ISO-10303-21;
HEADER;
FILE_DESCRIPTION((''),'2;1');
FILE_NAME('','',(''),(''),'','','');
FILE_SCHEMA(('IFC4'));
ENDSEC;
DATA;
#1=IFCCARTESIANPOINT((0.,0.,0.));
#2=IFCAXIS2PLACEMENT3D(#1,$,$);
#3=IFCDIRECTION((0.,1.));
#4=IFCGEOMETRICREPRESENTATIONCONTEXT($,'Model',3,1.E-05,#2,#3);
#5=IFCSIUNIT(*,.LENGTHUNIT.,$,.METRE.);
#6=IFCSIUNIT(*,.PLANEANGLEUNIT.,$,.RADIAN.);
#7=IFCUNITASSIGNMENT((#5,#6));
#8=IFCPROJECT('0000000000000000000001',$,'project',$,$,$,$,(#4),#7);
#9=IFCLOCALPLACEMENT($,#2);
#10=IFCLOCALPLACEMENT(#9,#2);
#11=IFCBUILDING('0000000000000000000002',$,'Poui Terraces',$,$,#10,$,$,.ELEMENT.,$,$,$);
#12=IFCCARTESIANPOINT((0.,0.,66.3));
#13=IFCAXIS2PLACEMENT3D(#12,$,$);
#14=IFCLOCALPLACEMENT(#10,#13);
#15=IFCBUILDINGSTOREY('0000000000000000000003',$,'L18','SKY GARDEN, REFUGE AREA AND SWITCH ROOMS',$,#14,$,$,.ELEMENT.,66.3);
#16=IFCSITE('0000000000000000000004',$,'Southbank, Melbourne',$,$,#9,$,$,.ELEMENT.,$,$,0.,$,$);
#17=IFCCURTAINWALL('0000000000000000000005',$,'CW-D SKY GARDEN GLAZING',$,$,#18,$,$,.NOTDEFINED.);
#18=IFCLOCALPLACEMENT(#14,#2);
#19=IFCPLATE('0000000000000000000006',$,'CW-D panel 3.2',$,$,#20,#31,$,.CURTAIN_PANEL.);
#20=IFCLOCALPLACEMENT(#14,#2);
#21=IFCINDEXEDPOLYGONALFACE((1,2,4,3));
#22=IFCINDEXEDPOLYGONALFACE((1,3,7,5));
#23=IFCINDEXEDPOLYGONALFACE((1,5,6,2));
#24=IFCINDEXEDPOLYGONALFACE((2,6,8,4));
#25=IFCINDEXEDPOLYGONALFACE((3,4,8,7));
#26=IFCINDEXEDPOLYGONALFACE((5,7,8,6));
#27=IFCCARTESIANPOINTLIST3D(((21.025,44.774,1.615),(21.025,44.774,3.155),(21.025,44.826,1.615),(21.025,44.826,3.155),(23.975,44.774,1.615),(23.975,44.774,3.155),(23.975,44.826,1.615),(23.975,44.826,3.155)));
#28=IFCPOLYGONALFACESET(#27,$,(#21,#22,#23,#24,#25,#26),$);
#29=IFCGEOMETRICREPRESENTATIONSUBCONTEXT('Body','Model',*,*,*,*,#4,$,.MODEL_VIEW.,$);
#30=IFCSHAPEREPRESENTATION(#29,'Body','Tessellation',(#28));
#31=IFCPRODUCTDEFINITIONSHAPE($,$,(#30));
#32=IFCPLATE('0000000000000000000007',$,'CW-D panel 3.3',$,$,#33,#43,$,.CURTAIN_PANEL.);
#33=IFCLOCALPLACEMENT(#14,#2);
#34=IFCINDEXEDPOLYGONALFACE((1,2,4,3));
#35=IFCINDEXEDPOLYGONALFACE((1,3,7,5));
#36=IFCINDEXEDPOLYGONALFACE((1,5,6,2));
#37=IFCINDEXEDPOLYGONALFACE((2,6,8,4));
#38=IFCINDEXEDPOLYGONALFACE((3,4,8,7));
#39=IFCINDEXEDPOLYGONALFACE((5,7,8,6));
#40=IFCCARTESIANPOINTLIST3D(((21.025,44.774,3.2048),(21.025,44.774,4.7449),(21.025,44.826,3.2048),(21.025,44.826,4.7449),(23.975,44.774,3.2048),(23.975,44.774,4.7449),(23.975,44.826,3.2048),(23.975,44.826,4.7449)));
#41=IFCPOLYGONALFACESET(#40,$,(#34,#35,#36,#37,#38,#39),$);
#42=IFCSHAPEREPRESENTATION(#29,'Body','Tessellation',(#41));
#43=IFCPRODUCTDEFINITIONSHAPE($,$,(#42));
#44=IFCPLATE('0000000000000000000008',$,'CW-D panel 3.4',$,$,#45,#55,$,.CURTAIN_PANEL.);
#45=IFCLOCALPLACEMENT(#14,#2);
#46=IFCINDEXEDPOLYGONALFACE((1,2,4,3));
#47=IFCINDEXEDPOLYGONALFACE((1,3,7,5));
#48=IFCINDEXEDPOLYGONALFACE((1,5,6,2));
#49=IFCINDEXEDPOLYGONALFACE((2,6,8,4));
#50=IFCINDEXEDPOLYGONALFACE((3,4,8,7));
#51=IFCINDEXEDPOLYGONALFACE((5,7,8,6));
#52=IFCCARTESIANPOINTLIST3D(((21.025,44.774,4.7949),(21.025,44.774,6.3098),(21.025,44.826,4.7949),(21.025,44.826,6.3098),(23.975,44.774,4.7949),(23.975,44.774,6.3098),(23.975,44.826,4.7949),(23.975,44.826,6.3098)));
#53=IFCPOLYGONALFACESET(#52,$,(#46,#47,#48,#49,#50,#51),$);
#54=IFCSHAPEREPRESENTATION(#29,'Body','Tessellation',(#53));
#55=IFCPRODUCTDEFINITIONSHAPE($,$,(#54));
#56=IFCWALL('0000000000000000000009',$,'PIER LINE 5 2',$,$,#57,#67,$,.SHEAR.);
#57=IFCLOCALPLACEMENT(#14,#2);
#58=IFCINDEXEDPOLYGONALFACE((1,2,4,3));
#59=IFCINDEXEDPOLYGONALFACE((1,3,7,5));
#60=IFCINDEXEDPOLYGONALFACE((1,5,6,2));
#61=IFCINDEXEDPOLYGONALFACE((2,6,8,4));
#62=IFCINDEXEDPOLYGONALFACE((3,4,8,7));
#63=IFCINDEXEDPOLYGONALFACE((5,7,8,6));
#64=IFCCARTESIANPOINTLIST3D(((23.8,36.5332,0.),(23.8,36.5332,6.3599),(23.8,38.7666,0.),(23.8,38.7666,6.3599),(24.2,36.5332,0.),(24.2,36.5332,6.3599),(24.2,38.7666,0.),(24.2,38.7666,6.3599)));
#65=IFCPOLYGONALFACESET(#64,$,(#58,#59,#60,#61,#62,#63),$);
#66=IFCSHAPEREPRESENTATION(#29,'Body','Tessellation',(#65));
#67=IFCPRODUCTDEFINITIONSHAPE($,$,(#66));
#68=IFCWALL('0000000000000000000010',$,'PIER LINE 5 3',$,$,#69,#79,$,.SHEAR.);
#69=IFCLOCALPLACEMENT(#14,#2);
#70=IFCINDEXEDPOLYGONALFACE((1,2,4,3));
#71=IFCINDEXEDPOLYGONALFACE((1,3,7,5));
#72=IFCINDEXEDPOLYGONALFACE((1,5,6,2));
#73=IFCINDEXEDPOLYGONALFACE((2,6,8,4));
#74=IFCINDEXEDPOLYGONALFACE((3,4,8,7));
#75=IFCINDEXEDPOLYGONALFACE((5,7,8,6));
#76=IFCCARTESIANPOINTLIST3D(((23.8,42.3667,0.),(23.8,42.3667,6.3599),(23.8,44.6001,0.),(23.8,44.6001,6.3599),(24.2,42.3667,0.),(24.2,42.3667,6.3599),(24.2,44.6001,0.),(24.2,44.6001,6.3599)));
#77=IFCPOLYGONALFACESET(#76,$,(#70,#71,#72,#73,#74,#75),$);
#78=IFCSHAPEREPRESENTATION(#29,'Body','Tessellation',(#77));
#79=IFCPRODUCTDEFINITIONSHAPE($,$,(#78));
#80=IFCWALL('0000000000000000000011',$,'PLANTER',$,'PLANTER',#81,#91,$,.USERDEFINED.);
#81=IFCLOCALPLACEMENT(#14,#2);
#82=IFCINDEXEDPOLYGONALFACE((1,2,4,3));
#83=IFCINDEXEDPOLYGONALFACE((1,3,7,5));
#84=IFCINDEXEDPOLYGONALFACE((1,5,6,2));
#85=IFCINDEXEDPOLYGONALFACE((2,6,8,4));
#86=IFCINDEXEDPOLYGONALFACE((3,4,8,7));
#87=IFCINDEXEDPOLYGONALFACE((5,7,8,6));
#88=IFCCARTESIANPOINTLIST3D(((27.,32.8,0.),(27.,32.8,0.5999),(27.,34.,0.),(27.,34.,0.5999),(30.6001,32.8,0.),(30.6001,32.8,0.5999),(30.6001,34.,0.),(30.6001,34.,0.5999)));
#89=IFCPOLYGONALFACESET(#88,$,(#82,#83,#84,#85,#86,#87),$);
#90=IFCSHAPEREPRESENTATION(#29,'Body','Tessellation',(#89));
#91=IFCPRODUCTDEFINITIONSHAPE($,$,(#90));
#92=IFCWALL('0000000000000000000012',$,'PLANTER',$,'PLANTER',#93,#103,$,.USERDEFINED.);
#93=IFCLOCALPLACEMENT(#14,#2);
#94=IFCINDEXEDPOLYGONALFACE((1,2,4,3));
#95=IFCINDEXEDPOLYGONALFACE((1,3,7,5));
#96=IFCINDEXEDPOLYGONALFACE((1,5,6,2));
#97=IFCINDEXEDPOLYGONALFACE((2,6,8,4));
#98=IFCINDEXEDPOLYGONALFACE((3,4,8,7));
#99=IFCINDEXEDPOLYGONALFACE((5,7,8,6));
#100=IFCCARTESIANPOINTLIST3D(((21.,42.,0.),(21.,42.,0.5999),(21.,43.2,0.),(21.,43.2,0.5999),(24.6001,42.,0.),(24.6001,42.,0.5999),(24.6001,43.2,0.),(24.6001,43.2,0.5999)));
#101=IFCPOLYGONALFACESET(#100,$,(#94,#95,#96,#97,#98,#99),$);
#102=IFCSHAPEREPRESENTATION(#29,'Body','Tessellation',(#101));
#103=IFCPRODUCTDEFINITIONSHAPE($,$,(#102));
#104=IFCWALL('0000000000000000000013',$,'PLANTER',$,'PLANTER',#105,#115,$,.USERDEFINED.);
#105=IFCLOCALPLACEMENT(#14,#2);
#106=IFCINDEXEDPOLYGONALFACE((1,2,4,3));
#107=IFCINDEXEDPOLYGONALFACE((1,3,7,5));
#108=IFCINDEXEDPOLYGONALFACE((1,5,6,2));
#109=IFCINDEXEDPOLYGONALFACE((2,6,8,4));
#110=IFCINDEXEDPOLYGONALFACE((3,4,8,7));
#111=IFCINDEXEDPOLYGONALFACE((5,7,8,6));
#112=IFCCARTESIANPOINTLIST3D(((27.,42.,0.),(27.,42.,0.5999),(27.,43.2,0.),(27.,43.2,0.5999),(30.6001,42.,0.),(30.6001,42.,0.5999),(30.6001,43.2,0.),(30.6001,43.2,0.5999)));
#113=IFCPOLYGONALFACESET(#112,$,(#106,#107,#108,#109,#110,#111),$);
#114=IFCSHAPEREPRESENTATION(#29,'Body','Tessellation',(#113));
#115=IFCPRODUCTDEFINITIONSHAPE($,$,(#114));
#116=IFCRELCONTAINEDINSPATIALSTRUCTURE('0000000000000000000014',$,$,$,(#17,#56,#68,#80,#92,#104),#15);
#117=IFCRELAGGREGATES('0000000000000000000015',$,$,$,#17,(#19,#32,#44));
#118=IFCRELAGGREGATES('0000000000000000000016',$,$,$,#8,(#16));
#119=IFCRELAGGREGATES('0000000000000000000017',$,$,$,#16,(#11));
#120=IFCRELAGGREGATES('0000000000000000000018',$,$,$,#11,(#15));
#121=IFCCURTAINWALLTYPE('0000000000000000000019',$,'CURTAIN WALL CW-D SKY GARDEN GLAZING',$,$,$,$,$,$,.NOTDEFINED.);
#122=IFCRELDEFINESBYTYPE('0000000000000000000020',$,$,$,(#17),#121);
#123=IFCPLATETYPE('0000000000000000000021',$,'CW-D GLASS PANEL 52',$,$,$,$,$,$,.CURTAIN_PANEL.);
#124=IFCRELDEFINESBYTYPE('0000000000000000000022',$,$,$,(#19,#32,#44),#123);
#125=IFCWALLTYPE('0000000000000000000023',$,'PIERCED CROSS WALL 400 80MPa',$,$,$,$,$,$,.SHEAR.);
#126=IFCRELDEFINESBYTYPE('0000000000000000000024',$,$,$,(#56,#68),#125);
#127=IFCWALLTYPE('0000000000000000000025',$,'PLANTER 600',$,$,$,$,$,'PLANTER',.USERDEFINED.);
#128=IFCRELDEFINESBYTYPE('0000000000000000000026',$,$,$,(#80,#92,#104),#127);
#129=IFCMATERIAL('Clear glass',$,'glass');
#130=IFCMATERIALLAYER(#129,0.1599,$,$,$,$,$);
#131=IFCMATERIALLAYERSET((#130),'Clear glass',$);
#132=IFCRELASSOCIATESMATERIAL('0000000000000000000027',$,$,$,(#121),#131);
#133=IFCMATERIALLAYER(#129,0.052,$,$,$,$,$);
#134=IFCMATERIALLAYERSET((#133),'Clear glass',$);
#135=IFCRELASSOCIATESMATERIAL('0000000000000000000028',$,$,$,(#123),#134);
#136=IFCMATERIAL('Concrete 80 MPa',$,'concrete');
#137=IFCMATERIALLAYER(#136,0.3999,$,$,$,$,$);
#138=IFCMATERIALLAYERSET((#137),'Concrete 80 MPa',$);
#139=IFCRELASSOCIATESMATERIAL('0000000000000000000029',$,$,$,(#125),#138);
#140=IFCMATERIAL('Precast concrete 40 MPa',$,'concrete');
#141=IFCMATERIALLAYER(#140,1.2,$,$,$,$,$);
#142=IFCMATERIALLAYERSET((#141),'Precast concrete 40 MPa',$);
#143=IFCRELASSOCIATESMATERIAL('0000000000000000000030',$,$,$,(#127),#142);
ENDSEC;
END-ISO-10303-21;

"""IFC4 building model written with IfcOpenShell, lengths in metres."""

from ifc_helpers import new_model, si_unit, direction, frame, frame_2d, origin, origin_2d, place, context, subcontext, project, spatial, polyline, rectangle, outline, extrude, source, transform, mapped, material, layer, layer_set, type_object, element, aggregate, save


model = new_model("IFC4")

# Units and contexts
model_context = context("Model", 3, precision=1e-05, world=origin(), true_north=direction((0.0, 1.0)))
body_context = subcontext(model_context, "Body", "Model", "MODEL_VIEW")
ifc_project = project(units=[si_unit("LENGTHUNIT", "METRE"), si_unit("PLANEANGLEUNIT", "RADIAN")], contexts=[model_context])

# Site, building, storey
site_placement = place(None, origin())
site = spatial("IfcSite", under=ifc_project, at=site_placement, Name="Southbank, Melbourne", CompositionType="ELEMENT", RefElevation=0.0)
building_placement = place(site_placement, origin())
building = spatial("IfcBuilding", under=site, at=building_placement, Name="Poui Terraces", CompositionType="ELEMENT")
storey_placement = place(building_placement, frame((0.0, 0.0, 66.3)))
storey = spatial("IfcBuildingStorey", under=building, at=storey_placement, Name="L18", Description="SKY GARDEN, REFUGE AREA AND SWITCH ROOMS", CompositionType="ELEMENT", Elevation=66.3)

# Curtain wall
ifc_material_1 = material(Name="Clear glass", Category="glass")
ifc_layer_1 = layer(ifc_material_1, 0.1599)
ifc_layer_set_1 = layer_set([ifc_layer_1], Name="Clear glass")
curtain_wall_type = type_object("IfcCurtainWallType", Name="CURTAIN WALL CW-D SKY GARDEN GLAZING", PredefinedType="NOTDEFINED", material=ifc_layer_set_1)
curtain_wall_placement = place(storey_placement, origin())
curtain_wall = element("IfcCurtainWall", 1, at=curtain_wall_placement, inside=storey, type_object=curtain_wall_type, Name="CW-D SKY GARDEN GLAZING", PredefinedType="NOTDEFINED")

# Shared definitions
ifc_material_2 = material(Name="Concrete 80 MPa", Category="concrete")

# Plates
ifc_layer_2 = layer(ifc_material_1, 0.052)
ifc_layer_set_2 = layer_set([ifc_layer_2], Name="Clear glass")
plate_type = type_object("IfcPlateType", Name="CW-D GLASS PANEL 52", PredefinedType="CURTAIN_PANEL", material=ifc_layer_set_2)
plate_1_placement = place(storey_placement, frame((22.5, 44.8, 1.615), z_axis=(0.0, 0.0, 1.0), x_axis=(-1.0, 0.0, 0.0)))
plate_1 = element("IfcPlate", 2, at=plate_1_placement, type_object=plate_type, Name="CW-D panel 3.2", PredefinedType="CURTAIN_PANEL", context=body_context, shape_type="SweptSolid", body=[
    extrude(rectangle(XDim=2.95, YDim=0.052, at=origin_2d()), origin(), (0.0, 0.0, 1.0), 1.54),
])
plate_2_placement = place(storey_placement, frame((22.5, 44.8, 3.2048), z_axis=(0.0, 0.0, 1.0), x_axis=(-1.0, 0.0, 0.0)))
plate_2 = element("IfcPlate", 3, at=plate_2_placement, type_object=plate_type, Name="CW-D panel 3.3", PredefinedType="CURTAIN_PANEL", context=body_context, shape_type="SweptSolid", body=[
    extrude(rectangle(XDim=2.95, YDim=0.052, at=origin_2d()), origin(), (0.0, 0.0, 1.0), 1.54),
])
plate_3_placement = place(storey_placement, frame((22.5, 44.8, 4.7949), z_axis=(0.0, 0.0, 1.0), x_axis=(-1.0, 0.0, 0.0)))
plate_3 = element("IfcPlate", 4, at=plate_3_placement, type_object=plate_type, Name="CW-D panel 3.4", PredefinedType="CURTAIN_PANEL", context=body_context, shape_type="SweptSolid", body=[
    extrude(rectangle(XDim=2.95, YDim=0.052, at=origin_2d()), origin(), (0.0, 0.0, 1.0), 1.5149),
])
aggregate(curtain_wall, [plate_1, plate_2, plate_3])

# Walls
ifc_layer_3 = layer(ifc_material_2, 0.3999)
ifc_layer_set_3 = layer_set([ifc_layer_3], Name="Concrete 80 MPa")
wall_type_1 = type_object("IfcWallType", Name="PIERCED CROSS WALL 400 80MPa", PredefinedType="SHEAR", material=ifc_layer_set_3)
for number, where, z_axis, x_axis, name in (
    (5, (24.0, 36.5332, 0.0), (0.0, 0.0, 1.0), (0.0, 1.0, 0.0), "PIER LINE 5 2"),
    (6, (24.0, 42.3667, 0.0), (0.0, 0.0, 1.0), (0.0, 1.0, 0.0), "PIER LINE 5 3"),
):
    element("IfcWall", number, at=place(storey_placement, frame(where, z_axis=z_axis, x_axis=x_axis)), inside=storey, type_object=wall_type_1, Name=name, PredefinedType="SHEAR", context=body_context, shape_type="SweptSolid", body=[
        extrude(rectangle(XDim=2.2334, YDim=0.3999, at=frame_2d((1.1167, 0.0))), origin(), (0.0, 0.0, 1.0), 6.3599),
    ])
ifc_material_3 = material(Name="Precast concrete 40 MPa", Category="concrete")
ifc_layer_4 = layer(ifc_material_3, 1.2)
ifc_layer_set_4 = layer_set([ifc_layer_4], Name="Precast concrete 40 MPa")
wall_type_2 = type_object("IfcWallType", Name="PLANTER 600", ElementType="PLANTER", PredefinedType="USERDEFINED", material=ifc_layer_set_4)
shared_shape_1 = source(origin(), body_context, "Body", "SweptSolid", [
    extrude(outline(polyline([(0.0, 0.0), (3.6001, 0.0), (3.6001, 1.2), (0.0, 1.2), (0.0, 0.0)])), origin(), (0.0, 0.0, 1.0), 0.5999),
])
for number, where, name in (
    (7, (27.0, 32.8, 0.0), "PLANTER"),
    (8, (21.0, 42.0, 0.0), "PLANTER"),
    (9, (27.0, 42.0, 0.0), "PLANTER"),
):
    element("IfcWall", number, at=place(storey_placement, frame(where)), inside=storey, type_object=wall_type_2, Name=name, ObjectType="PLANTER", PredefinedType="USERDEFINED", context=body_context, shape_type="MappedRepresentation", body=[
        mapped(shared_shape_1, transform((0.0, 0.0, 0.0))),
    ])

save(model, "model.ifc")
